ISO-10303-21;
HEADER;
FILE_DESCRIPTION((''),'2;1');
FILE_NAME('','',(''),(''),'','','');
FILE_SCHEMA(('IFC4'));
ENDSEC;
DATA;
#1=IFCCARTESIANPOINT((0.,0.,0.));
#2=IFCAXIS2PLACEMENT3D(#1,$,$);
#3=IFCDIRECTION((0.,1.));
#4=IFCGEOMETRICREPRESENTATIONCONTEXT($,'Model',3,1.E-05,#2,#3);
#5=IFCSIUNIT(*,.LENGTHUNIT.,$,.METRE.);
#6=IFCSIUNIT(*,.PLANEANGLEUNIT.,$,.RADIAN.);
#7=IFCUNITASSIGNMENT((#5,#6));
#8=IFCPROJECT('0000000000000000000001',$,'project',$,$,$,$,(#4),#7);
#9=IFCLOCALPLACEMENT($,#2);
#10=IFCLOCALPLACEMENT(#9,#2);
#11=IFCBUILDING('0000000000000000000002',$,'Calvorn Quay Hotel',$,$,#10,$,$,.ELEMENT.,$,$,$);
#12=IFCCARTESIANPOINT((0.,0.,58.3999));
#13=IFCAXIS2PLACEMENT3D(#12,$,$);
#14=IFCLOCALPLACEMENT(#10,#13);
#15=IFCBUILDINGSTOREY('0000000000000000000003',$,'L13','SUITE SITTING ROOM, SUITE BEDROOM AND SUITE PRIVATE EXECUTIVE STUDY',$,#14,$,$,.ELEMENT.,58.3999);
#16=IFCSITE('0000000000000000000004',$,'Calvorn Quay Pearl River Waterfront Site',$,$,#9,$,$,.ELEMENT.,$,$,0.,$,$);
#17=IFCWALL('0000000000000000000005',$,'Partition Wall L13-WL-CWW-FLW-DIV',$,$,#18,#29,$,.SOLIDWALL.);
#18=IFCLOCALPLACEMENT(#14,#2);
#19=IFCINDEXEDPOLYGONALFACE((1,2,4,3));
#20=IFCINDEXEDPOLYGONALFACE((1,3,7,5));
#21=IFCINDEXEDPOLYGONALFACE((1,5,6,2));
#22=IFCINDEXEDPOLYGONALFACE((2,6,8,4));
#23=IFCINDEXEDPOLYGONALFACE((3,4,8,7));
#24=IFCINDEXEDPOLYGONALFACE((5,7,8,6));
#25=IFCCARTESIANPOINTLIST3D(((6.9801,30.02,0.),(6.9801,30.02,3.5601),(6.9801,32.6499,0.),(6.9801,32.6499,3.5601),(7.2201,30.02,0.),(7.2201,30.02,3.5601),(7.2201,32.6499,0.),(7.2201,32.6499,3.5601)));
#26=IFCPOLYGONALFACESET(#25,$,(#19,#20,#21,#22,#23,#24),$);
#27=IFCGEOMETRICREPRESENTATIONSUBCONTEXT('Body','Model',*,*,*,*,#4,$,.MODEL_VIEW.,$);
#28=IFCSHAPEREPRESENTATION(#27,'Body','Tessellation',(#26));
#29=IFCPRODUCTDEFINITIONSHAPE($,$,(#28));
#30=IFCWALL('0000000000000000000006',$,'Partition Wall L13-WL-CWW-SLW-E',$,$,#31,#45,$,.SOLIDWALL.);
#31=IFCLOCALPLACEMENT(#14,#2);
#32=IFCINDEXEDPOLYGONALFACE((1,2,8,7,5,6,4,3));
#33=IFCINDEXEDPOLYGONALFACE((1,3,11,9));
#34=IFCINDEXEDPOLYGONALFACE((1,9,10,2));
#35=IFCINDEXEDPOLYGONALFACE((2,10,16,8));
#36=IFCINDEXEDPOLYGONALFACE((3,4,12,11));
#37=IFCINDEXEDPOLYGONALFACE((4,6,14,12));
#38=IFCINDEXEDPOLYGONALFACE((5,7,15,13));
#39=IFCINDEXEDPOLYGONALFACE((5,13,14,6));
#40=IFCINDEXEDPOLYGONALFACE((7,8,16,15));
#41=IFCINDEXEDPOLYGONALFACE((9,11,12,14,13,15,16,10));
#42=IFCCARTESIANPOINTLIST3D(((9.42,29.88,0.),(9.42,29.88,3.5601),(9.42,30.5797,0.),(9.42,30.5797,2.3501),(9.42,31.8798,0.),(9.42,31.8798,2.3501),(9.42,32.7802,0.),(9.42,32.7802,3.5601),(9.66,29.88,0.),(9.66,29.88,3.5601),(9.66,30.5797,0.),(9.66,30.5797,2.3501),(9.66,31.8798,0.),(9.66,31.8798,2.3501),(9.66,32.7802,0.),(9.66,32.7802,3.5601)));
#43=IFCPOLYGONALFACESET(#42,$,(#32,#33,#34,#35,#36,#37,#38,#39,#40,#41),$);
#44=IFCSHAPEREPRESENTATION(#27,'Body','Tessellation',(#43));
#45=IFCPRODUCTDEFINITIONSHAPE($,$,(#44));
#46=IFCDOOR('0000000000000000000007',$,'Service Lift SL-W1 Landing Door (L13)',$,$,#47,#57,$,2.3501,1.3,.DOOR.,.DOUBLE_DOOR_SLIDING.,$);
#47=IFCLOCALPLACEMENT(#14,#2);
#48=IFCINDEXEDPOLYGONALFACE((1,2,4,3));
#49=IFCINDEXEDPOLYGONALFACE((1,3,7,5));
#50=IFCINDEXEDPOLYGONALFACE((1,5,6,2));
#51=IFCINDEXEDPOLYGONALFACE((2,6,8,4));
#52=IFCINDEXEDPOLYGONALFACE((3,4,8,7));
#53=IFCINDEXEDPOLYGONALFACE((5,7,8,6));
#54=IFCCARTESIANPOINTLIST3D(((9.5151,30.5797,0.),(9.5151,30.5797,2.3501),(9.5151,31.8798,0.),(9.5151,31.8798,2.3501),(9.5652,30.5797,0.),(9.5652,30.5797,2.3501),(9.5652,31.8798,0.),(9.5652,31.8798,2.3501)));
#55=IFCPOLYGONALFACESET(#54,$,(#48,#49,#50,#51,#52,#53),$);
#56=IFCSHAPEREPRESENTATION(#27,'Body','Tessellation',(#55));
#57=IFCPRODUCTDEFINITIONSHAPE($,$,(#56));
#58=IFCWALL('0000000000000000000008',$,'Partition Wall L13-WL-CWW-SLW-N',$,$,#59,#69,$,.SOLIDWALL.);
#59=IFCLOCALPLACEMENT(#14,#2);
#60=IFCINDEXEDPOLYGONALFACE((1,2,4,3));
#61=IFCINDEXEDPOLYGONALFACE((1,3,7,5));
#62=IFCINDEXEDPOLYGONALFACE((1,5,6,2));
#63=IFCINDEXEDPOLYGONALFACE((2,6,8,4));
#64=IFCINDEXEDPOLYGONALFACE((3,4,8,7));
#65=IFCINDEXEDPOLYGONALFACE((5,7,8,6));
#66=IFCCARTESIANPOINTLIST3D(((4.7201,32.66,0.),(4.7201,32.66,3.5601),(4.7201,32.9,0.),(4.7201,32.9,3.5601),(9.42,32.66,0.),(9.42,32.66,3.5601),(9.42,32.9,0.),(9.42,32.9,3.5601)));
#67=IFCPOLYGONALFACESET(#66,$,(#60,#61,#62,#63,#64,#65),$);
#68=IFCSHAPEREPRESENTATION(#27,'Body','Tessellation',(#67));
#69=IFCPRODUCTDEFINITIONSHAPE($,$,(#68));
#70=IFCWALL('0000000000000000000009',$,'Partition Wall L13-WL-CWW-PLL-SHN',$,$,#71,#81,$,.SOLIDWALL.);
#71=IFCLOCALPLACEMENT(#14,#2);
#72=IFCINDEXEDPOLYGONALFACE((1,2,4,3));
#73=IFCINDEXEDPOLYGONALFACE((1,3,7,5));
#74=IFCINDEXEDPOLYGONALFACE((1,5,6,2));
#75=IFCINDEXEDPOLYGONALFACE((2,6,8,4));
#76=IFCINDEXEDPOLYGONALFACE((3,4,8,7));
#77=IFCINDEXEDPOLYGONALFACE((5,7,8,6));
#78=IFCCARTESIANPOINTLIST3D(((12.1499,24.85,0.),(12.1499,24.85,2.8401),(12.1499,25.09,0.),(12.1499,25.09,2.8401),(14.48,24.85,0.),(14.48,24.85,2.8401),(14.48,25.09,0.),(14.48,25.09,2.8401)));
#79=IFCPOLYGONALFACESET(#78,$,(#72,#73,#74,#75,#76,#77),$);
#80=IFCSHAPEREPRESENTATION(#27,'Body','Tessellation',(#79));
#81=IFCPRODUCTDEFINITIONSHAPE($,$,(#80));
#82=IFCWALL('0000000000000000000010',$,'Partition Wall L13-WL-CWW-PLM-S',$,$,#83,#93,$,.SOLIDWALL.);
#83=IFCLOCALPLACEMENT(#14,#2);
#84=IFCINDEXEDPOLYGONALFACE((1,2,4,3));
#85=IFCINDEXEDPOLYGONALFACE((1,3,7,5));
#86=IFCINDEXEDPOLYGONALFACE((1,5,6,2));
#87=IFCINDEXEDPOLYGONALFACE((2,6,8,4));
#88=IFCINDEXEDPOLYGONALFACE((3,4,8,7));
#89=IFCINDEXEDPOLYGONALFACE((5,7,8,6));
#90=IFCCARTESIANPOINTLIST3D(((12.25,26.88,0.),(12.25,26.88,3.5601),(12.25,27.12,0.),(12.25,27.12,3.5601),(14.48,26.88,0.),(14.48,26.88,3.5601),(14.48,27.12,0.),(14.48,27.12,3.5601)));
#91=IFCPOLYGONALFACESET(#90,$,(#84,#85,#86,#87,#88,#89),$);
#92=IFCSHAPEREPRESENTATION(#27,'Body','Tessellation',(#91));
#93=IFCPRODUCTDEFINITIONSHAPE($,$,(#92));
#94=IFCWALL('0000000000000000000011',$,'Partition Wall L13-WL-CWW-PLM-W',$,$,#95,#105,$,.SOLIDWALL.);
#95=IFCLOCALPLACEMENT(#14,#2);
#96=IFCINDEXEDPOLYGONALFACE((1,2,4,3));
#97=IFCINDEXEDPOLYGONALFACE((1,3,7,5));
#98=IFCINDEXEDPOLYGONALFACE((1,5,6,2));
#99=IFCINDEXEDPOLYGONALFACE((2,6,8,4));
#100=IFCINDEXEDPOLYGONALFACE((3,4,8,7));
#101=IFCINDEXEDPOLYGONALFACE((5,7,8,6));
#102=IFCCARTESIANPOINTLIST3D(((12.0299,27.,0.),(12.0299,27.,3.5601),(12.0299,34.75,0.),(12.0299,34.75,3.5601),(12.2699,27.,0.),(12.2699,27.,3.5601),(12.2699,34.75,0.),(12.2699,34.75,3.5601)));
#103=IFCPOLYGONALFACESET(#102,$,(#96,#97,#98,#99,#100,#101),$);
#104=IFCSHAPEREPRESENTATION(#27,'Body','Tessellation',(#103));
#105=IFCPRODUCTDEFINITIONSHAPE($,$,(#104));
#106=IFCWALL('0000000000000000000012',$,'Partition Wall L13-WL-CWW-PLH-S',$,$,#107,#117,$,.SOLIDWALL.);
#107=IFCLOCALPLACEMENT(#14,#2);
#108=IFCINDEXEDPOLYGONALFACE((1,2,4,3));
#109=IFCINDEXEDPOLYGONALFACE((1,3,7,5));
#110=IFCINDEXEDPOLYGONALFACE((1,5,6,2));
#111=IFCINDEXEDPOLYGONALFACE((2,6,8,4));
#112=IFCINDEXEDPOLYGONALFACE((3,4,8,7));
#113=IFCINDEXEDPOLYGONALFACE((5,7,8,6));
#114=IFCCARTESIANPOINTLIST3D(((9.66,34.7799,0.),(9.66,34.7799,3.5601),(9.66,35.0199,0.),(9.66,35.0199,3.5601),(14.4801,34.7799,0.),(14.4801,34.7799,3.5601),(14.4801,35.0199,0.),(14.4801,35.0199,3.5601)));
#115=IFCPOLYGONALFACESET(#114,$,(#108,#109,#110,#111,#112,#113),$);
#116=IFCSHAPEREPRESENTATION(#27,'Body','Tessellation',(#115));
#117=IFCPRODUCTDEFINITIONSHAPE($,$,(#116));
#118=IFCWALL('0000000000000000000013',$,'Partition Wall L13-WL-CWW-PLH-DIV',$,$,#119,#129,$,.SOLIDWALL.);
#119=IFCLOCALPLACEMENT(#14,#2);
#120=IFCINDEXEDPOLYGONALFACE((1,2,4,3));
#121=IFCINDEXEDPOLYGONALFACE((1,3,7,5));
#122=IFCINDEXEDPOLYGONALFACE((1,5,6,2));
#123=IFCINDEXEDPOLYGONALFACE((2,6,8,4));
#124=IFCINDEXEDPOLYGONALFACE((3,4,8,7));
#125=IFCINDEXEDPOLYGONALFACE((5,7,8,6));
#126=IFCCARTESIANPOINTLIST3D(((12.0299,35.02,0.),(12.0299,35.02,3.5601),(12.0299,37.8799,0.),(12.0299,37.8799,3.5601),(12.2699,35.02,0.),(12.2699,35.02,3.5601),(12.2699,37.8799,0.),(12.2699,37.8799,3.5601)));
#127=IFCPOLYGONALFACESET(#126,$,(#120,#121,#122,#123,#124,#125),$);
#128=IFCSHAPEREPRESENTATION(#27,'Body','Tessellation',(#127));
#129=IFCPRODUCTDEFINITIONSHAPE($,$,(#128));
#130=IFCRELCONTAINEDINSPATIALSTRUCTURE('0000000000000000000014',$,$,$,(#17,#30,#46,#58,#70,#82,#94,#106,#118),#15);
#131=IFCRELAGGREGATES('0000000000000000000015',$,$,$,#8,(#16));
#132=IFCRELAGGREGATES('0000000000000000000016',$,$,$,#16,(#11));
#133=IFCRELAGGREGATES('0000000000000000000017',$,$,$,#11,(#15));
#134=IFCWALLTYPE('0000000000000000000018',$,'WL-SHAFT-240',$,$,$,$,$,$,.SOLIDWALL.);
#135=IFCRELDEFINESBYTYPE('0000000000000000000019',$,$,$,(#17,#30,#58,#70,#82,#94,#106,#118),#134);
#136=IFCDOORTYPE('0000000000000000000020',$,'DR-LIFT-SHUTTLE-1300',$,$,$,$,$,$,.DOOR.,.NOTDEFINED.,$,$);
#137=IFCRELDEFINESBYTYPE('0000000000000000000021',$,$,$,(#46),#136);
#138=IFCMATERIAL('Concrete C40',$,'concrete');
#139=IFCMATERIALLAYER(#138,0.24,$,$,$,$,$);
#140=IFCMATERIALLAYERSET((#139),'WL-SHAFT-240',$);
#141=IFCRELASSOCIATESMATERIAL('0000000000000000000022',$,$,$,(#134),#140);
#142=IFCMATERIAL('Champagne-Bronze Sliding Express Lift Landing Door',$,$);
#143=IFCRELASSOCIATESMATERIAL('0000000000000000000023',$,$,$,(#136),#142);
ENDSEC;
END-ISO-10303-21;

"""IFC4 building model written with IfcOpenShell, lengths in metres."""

from ifc_helpers import new_model, si_unit, direction, frame, frame_2d, origin, place, context, subcontext, project, spatial, rectangle, extrude, material, layer, layer_set, type_object, element, fill, save


model = new_model("IFC4")

# Units and contexts
model_context = context("Model", 3, precision=1e-05, world=origin(), true_north=direction((0.0, 1.0)))
body_context = subcontext(model_context, "Body", "Model", "MODEL_VIEW")
ifc_project = project(units=[si_unit("LENGTHUNIT", "METRE"), si_unit("PLANEANGLEUNIT", "RADIAN")], contexts=[model_context])

# Site, building, storey
site_placement = place(None, origin())
site = spatial("IfcSite", under=ifc_project, at=site_placement, Name="Calvorn Quay Pearl River Waterfront Site", CompositionType="ELEMENT", RefElevation=0.0)
building_placement = place(site_placement, origin())
building = spatial("IfcBuilding", under=site, at=building_placement, Name="Calvorn Quay Hotel", CompositionType="ELEMENT")
storey_placement = place(building_placement, frame((0.0, 0.0, 58.3999)))
storey = spatial("IfcBuildingStorey", under=building, at=storey_placement, Name="L13", Description="SUITE SITTING ROOM, SUITE BEDROOM AND SUITE PRIVATE EXECUTIVE STUDY", CompositionType="ELEMENT", Elevation=58.3999)

# Shared definitions
ifc_material_1 = material(Name="Concrete C40", Category="concrete")
ifc_layer_1 = layer(ifc_material_1, 0.24)
ifc_layer_set_1 = layer_set([ifc_layer_1], Name="WL-SHAFT-240")
wall_type_1 = type_object("IfcWallType", Name="WL-SHAFT-240", PredefinedType="SOLIDWALL", material=ifc_layer_set_1)

# Shared definitions
ifc_material_2 = material(Name="Champagne-Bronze Sliding Express Lift Landing Door")
door_type_1 = type_object("IfcDoorType", Name="DR-LIFT-SHUTTLE-1300", OperationType="NOTDEFINED", PredefinedType="DOOR", material=ifc_material_2)

# Wall
wall_1_placement = place(storey_placement, frame((7.1001, 30.02, 0.0), z_axis=(0.0, 0.0, 1.0), x_axis=(0.0, 1.0, 0.0)))
element("IfcWall", 1, at=wall_1_placement, inside=storey, type_object=wall_type_1, Name="Partition Wall L13-WL-CWW-FLW-DIV", PredefinedType="SOLIDWALL", context=body_context, shape_type="SweptSolid", body=[
    extrude(rectangle(XDim=2.6299, YDim=0.24, at=frame_2d((1.3149, 0.0))), origin(), (0.0, 0.0, 1.0), 3.5601),
])

# Wall, opening, door
wall_2_placement = place(storey_placement, frame((9.54, 29.8799, 0.0), z_axis=(0.0, 0.0, 1.0), x_axis=(0.0, 1.0, 0.0)))
wall_2 = element("IfcWall", 2, at=wall_2_placement, inside=storey, type_object=wall_type_1, Name="Partition Wall L13-WL-CWW-SLW-E", PredefinedType="SOLIDWALL", context=body_context, shape_type="SweptSolid", body=[
    extrude(rectangle(XDim=2.9001, YDim=0.24, at=frame_2d((1.4502, 0.0))), origin(), (0.0, 0.0, 1.0), 3.5601),
])
opening_1_placement = place(wall_2_placement, frame((0.7, 0.0, 0.0)))
opening_1 = element("IfcOpeningElement", 3, at=opening_1_placement, cuts=wall_2, PredefinedType="OPENING", context=body_context, shape_type="SweptSolid", body=[
    extrude(rectangle(XDim=1.3, YDim=2.3501, at=frame_2d((0.6499, 1.175))), frame((0.0, 0.1299, 0.0), z_axis=(0.0, -1.0, 0.0), x_axis=(1.0, 0.0, 0.0)), (0.0, 0.0, 1.0), 0.26),
])
door_1_placement = place(opening_1_placement, origin())
door_1 = element("IfcDoor", 4, at=door_1_placement, inside=storey, type_object=door_type_1, Name="Service Lift SL-W1 Landing Door (L13)", OperationType="DOUBLE_DOOR_SLIDING", OverallHeight=2.3501, OverallWidth=1.3, PredefinedType="DOOR", context=body_context, shape_type="SweptSolid", body=[
    extrude(rectangle(XDim=1.3, YDim=2.3501, at=frame_2d((0.6499, 1.175))), frame((0.0, 0.0249, 0.0), z_axis=(0.0, -1.0, 0.0), x_axis=(1.0, 0.0, 0.0)), (0.0, 0.0, 1.0), 0.05),
])
fill(opening_1, door_1)

# Wall
wall_3_placement = place(storey_placement, frame((4.72, 32.78, 0.0), z_axis=(0.0, 0.0, 1.0), x_axis=(1.0, 0.0, 0.0)))
element("IfcWall", 5, at=wall_3_placement, inside=storey, type_object=wall_type_1, Name="Partition Wall L13-WL-CWW-SLW-N", PredefinedType="SOLIDWALL", context=body_context, shape_type="SweptSolid", body=[
    extrude(rectangle(XDim=4.7, YDim=0.24, at=frame_2d((2.3501, 0.0))), origin(), (0.0, 0.0, 1.0), 3.5601),
])

# Walls
wall_4_placement = place(storey_placement, frame((12.1499, 24.97, 0.0), z_axis=(0.0, 0.0, 1.0), x_axis=(1.0, 0.0, 0.0)))
element("IfcWall", 6, at=wall_4_placement, inside=storey, type_object=wall_type_1, Name="Partition Wall L13-WL-CWW-PLL-SHN", PredefinedType="SOLIDWALL", context=body_context, shape_type="SweptSolid", body=[
    extrude(rectangle(XDim=2.3301, YDim=0.24, at=frame_2d((1.165, 0.0))), origin(), (0.0, 0.0, 1.0), 2.8401),
])
wall_5_placement = place(storey_placement, frame((12.25, 27.0, 0.0), z_axis=(0.0, 0.0, 1.0), x_axis=(1.0, 0.0, 0.0)))
element("IfcWall", 7, at=wall_5_placement, inside=storey, type_object=wall_type_1, Name="Partition Wall L13-WL-CWW-PLM-S", PredefinedType="SOLIDWALL", context=body_context, shape_type="SweptSolid", body=[
    extrude(rectangle(XDim=2.23, YDim=0.24, at=frame_2d((1.115, 0.0))), origin(), (0.0, 0.0, 1.0), 3.5601),
])
wall_6_placement = place(storey_placement, frame((12.1499, 27.0, 0.0), z_axis=(0.0, 0.0, 1.0), x_axis=(0.0, 1.0, 0.0)))
element("IfcWall", 8, at=wall_6_placement, inside=storey, type_object=wall_type_1, Name="Partition Wall L13-WL-CWW-PLM-W", PredefinedType="SOLIDWALL", context=body_context, shape_type="SweptSolid", body=[
    extrude(rectangle(XDim=7.75, YDim=0.24, at=frame_2d((3.875, 0.0))), origin(), (0.0, 0.0, 1.0), 3.5601),
])
wall_7_placement = place(storey_placement, frame((9.6599, 34.8999, 0.0), z_axis=(0.0, 0.0, 1.0), x_axis=(1.0, 0.0, 0.0)))
element("IfcWall", 9, at=wall_7_placement, inside=storey, type_object=wall_type_1, Name="Partition Wall L13-WL-CWW-PLH-S", PredefinedType="SOLIDWALL", context=body_context, shape_type="SweptSolid", body=[
    extrude(rectangle(XDim=4.8201, YDim=0.24, at=frame_2d((2.4102, 0.0))), origin(), (0.0, 0.0, 1.0), 3.5601),
])
wall_8_placement = place(storey_placement, frame((12.1499, 35.02, 0.0), z_axis=(0.0, 0.0, 1.0), x_axis=(0.0, 1.0, 0.0)))
element("IfcWall", 10, at=wall_8_placement, inside=storey, type_object=wall_type_1, Name="Partition Wall L13-WL-CWW-PLH-DIV", PredefinedType="SOLIDWALL", context=body_context, shape_type="SweptSolid", body=[
    extrude(rectangle(XDim=2.8599, YDim=0.24, at=frame_2d((1.4299, 0.0))), origin(), (0.0, 0.0, 1.0), 3.5601),
])

save(model, "model.ifc")
